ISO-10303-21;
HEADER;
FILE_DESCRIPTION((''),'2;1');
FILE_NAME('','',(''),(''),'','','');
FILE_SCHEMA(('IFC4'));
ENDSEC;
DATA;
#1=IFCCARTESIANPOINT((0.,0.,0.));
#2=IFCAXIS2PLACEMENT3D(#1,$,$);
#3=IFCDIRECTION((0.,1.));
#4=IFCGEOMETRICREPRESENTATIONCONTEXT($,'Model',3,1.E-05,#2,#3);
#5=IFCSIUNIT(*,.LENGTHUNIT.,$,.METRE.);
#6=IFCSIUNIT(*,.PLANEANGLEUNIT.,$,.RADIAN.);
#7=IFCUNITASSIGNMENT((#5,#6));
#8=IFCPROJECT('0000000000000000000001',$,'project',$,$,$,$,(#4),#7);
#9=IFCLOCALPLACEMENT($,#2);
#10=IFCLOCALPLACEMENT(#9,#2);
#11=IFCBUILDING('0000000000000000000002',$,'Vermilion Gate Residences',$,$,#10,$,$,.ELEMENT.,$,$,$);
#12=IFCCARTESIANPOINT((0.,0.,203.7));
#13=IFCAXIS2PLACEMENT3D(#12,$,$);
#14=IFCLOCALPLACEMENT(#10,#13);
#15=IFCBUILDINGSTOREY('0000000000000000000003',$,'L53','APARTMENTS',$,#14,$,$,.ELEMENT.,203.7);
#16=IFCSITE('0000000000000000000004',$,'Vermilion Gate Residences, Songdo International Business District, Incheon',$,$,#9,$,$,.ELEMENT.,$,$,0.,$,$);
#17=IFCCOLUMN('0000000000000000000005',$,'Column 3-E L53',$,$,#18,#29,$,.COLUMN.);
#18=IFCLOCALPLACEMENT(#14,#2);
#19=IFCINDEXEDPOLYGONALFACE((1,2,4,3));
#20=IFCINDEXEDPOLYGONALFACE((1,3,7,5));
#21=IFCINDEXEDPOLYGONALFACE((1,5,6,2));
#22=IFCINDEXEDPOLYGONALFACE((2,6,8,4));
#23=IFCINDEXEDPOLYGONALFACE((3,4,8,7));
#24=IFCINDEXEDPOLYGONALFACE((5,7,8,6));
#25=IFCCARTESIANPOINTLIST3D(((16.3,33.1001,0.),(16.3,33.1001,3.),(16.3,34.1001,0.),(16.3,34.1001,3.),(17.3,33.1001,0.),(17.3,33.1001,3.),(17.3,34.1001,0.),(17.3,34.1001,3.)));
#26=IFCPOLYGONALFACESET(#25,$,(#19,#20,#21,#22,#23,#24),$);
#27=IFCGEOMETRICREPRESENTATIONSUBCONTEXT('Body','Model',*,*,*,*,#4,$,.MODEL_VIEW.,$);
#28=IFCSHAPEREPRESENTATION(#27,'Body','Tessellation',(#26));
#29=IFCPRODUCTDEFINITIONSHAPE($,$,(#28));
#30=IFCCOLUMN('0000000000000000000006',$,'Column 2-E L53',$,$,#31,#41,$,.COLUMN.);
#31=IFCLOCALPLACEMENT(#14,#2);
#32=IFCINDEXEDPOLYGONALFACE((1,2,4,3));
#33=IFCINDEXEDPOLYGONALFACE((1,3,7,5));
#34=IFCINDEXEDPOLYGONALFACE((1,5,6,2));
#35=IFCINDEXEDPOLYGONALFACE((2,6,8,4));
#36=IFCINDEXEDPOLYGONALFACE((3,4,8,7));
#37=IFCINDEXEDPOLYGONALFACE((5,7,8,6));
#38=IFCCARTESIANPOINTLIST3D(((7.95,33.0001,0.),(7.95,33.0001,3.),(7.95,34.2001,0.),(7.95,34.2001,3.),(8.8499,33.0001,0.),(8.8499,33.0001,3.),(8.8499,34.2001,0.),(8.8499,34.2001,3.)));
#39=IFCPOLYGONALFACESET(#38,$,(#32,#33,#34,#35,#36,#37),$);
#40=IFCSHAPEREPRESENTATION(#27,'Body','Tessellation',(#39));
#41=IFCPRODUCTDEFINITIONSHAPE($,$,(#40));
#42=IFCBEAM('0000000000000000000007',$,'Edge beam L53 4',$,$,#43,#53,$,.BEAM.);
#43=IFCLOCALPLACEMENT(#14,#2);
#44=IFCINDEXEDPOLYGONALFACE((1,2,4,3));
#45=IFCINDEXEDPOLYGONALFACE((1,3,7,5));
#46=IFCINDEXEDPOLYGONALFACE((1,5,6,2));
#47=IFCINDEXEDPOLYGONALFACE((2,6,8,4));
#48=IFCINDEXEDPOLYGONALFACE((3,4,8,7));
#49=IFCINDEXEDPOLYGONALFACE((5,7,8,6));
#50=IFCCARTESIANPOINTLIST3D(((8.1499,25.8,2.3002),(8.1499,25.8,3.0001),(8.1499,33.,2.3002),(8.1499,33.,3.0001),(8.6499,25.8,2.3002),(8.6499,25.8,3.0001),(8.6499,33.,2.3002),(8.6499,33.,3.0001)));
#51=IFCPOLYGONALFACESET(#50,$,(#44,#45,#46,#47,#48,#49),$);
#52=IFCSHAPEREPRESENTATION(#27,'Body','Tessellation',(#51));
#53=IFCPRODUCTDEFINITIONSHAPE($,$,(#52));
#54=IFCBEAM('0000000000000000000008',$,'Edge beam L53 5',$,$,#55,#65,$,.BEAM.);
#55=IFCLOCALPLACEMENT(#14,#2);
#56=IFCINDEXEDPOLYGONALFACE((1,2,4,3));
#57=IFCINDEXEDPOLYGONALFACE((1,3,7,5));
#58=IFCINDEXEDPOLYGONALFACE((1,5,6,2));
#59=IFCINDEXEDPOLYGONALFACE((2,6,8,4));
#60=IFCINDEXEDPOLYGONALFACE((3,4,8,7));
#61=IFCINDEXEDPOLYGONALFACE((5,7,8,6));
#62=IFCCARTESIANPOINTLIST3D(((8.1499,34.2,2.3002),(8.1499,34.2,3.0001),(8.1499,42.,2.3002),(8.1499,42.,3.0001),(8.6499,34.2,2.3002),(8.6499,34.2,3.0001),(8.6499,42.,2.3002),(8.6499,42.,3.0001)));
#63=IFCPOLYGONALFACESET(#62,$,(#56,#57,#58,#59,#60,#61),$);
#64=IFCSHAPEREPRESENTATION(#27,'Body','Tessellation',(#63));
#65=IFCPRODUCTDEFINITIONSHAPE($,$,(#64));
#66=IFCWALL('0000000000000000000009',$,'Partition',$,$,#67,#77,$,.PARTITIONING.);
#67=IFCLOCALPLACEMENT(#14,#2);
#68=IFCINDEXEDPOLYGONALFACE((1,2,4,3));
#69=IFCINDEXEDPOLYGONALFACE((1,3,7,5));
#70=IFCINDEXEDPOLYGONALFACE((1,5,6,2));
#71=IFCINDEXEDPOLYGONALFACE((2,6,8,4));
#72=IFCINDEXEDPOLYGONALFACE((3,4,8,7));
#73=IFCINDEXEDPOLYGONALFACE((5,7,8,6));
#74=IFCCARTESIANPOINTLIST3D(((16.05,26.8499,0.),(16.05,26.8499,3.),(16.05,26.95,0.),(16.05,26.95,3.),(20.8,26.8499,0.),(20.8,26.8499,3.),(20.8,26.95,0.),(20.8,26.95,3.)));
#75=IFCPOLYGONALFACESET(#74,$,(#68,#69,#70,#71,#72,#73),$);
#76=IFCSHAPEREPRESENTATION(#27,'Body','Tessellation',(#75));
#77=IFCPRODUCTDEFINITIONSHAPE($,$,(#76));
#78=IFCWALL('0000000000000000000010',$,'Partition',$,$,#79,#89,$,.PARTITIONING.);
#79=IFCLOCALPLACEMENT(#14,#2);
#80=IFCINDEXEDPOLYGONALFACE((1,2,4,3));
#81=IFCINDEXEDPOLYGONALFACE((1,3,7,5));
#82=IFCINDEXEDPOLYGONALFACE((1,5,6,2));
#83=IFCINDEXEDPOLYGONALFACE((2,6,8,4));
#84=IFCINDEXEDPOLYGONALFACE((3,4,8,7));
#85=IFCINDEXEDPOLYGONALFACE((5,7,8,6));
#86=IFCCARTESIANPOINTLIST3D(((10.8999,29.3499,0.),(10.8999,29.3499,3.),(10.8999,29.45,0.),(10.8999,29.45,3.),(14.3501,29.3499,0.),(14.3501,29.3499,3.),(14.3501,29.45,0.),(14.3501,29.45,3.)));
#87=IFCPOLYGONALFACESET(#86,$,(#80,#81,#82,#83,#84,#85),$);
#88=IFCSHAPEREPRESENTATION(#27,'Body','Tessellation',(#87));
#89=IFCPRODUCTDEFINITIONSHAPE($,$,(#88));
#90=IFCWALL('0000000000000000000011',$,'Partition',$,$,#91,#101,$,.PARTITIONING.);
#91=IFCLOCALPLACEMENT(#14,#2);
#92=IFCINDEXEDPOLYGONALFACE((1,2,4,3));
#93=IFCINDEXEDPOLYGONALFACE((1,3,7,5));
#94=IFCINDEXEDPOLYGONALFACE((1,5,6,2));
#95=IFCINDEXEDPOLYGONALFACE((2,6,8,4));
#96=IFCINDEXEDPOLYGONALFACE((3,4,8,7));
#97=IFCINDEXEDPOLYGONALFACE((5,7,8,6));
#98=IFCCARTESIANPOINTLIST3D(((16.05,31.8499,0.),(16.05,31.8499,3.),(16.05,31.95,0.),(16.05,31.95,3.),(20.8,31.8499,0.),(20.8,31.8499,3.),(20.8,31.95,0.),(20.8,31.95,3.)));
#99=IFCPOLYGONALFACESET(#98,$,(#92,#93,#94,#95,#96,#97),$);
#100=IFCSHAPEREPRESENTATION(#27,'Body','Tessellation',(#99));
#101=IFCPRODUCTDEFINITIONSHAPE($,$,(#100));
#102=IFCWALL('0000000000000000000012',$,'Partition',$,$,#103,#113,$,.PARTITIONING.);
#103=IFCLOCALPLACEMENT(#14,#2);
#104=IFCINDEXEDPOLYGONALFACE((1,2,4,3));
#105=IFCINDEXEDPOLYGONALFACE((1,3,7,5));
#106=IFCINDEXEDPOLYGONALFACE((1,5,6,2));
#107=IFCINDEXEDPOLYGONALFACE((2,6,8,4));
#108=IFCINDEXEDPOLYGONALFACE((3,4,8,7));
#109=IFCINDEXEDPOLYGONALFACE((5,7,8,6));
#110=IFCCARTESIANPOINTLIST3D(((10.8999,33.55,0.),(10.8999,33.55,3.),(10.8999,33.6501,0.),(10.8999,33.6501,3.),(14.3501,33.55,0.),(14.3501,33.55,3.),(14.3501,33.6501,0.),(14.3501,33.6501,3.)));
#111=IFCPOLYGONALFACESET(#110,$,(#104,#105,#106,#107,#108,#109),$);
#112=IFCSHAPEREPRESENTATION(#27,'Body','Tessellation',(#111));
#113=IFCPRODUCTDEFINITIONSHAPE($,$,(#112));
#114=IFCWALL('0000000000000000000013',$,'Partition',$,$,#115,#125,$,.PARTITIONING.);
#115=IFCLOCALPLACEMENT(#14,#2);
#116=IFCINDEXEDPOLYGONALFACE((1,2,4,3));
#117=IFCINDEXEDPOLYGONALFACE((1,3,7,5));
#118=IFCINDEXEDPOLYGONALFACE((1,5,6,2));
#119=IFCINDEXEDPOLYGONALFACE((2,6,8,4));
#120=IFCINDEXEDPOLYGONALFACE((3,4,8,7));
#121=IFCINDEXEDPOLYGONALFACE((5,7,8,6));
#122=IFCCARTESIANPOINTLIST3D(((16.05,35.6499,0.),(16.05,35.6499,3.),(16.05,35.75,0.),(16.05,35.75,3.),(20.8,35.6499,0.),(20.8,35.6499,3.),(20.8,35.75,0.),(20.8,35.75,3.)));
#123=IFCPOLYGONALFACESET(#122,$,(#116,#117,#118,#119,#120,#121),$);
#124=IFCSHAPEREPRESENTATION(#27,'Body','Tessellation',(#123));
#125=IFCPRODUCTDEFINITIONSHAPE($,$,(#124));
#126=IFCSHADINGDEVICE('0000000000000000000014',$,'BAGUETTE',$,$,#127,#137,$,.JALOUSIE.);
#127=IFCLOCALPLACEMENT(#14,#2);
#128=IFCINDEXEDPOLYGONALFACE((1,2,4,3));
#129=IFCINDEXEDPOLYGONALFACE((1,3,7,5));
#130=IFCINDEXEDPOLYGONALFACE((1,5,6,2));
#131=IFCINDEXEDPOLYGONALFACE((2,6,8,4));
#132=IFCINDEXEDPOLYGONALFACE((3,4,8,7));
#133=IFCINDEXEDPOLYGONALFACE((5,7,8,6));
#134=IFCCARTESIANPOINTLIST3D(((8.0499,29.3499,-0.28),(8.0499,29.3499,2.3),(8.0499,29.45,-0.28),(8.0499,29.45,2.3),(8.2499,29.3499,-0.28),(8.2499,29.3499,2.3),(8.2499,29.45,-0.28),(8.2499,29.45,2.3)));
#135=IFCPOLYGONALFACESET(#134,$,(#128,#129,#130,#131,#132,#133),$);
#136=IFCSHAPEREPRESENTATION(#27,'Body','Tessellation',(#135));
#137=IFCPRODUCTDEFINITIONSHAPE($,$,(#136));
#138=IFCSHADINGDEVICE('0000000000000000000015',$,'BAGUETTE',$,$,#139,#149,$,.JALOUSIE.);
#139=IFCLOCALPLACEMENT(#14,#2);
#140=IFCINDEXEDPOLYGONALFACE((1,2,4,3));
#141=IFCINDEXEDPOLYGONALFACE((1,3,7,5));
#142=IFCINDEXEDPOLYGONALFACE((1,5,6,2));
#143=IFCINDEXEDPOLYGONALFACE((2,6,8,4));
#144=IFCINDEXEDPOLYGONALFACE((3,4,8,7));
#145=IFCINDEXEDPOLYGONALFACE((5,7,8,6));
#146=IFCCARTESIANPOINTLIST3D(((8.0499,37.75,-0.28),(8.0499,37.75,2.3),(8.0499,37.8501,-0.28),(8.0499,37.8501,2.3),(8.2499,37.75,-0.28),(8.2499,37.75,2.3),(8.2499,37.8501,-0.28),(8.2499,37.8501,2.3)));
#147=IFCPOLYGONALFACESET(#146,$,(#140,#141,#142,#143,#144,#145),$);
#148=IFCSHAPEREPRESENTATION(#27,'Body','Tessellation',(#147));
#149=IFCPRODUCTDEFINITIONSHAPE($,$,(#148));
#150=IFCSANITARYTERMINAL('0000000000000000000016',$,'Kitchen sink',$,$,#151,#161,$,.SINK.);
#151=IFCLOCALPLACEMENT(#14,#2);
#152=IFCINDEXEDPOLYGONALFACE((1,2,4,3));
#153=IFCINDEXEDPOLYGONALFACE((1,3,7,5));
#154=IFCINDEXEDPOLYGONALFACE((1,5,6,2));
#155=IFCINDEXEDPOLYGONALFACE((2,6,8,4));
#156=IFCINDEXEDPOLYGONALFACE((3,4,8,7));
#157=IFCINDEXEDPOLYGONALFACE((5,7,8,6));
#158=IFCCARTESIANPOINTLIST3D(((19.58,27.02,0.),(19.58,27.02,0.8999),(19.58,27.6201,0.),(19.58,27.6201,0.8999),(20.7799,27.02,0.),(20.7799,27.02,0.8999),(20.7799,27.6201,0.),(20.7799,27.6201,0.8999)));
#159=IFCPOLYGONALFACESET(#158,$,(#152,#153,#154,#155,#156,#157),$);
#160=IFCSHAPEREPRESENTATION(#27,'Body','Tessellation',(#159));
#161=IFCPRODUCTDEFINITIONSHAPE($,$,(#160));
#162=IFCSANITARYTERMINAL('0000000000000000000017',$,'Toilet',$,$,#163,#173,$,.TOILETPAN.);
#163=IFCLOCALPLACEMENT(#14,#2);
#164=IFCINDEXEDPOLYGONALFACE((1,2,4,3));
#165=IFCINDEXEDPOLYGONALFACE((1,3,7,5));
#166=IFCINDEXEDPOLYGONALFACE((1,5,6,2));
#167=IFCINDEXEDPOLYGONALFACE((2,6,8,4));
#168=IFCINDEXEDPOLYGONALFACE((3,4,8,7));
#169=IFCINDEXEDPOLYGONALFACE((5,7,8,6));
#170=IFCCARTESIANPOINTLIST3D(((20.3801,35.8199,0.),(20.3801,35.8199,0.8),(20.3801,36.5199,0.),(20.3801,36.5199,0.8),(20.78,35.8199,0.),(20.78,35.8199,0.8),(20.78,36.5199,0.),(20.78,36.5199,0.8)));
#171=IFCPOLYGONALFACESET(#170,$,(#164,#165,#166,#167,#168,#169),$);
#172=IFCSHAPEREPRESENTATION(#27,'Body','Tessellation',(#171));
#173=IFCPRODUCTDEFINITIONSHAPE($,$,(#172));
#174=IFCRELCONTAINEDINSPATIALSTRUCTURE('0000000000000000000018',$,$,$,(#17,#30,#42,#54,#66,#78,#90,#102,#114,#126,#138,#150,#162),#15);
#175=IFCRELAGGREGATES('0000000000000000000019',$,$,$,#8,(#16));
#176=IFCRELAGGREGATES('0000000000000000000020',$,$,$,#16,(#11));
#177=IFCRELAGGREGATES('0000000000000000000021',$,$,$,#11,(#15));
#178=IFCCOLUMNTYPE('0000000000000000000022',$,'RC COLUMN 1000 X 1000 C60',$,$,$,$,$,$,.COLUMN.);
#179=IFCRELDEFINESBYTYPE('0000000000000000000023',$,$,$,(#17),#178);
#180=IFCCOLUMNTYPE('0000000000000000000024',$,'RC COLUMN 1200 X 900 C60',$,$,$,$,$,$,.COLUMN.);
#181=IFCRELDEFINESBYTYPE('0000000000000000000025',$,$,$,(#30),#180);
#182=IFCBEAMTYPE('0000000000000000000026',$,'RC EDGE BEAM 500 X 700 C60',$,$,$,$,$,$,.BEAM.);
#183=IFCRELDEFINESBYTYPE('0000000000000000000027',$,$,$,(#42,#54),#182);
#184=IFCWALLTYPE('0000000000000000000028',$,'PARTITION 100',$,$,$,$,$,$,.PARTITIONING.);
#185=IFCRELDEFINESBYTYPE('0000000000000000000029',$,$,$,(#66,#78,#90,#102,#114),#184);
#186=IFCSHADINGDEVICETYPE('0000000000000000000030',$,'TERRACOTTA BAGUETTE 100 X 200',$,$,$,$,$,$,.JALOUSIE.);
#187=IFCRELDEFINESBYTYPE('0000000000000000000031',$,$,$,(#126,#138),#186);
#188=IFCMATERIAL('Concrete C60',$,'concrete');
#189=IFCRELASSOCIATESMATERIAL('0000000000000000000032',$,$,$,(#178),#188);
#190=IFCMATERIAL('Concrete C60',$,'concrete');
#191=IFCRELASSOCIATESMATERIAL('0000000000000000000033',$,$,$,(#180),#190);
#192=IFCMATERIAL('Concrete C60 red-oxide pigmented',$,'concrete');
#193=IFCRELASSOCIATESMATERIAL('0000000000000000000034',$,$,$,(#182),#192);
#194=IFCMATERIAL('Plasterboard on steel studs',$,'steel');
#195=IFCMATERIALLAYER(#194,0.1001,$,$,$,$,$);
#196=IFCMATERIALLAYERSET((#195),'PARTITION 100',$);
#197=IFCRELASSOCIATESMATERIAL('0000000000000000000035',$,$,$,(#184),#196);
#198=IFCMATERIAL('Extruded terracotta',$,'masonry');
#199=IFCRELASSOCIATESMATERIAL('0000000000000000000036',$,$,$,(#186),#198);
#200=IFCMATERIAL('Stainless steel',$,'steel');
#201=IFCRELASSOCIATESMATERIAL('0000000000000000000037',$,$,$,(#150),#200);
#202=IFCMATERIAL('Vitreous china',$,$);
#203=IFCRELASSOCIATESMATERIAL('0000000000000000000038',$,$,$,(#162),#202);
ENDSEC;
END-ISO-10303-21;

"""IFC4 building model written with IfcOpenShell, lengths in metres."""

from ifc_helpers import new_model, si_unit, direction, frame, frame_2d, origin, origin_2d, place, context, subcontext, project, spatial, rectangle, extrude, material, layer, layer_set, material_profile, profile_set, type_object, element, save


model = new_model("IFC4")

# Units and contexts
model_context = context("Model", 3, precision=1e-05, world=origin(), true_north=direction((0.0, 1.0)))
body_context = subcontext(model_context, "Body", "Model", "MODEL_VIEW")
ifc_project = project(units=[si_unit("LENGTHUNIT", "METRE"), si_unit("PLANEANGLEUNIT", "RADIAN")], contexts=[model_context])

# Site, building, storey
site_placement = place(None, origin())
site = spatial("IfcSite", under=ifc_project, at=site_placement, Name="Vermilion Gate Residences, Songdo International Business District, Incheon", CompositionType="ELEMENT", RefElevation=0.0)
building_placement = place(site_placement, origin())
building = spatial("IfcBuilding", under=site, at=building_placement, Name="Vermilion Gate Residences", CompositionType="ELEMENT")
storey_placement = place(building_placement, frame((0.0, 0.0, 203.7)))
storey = spatial("IfcBuildingStorey", under=building, at=storey_placement, Name="L53", Description="APARTMENTS", CompositionType="ELEMENT", Elevation=203.7)

# Columns
ifc_material_1 = material(Name="Concrete C60", Category="concrete")
ifc_material_profile_1 = material_profile(ifc_material_1, rectangle(XDim=1.0, YDim=1.0, at=origin_2d()), Name="RC-1000x1000")
ifc_profile_set_1 = profile_set([ifc_material_profile_1], Name="Concrete C60")
column_type_1 = type_object("IfcColumnType", Name="RC COLUMN 1000 X 1000 C60", PredefinedType="COLUMN", material=ifc_profile_set_1)
column_1_placement = place(storey_placement, frame((16.8, 33.6001, 0.0), z_axis=(0.0, 0.0, 1.0), x_axis=(1.0, 0.0, 0.0)))
element("IfcColumn", 1, at=column_1_placement, inside=storey, type_object=column_type_1, Name="Column 3-E L53", PredefinedType="COLUMN", context=body_context, shape_type="SweptSolid", body=[
    extrude(rectangle(XDim=1.0, YDim=1.0, at=origin_2d()), origin(), (0.0, 0.0, 1.0), 3.0),
])
ifc_material_2 = material(Name="Concrete C60", Category="concrete")
ifc_material_profile_2 = material_profile(ifc_material_2, rectangle(XDim=1.2, YDim=0.8999, at=origin_2d()), Name="RC-1200x900")
ifc_profile_set_2 = profile_set([ifc_material_profile_2], Name="Concrete C60")
column_type_2 = type_object("IfcColumnType", Name="RC COLUMN 1200 X 900 C60", PredefinedType="COLUMN", material=ifc_profile_set_2)
column_2_placement = place(storey_placement, frame((8.3999, 33.6001, 0.0), z_axis=(0.0, 0.0, 1.0), x_axis=(0.0, 1.0, 0.0)))
element("IfcColumn", 2, at=column_2_placement, inside=storey, type_object=column_type_2, Name="Column 2-E L53", PredefinedType="COLUMN", context=body_context, shape_type="SweptSolid", body=[
    extrude(rectangle(XDim=1.2, YDim=0.8999, at=origin_2d()), origin(), (0.0, 0.0, 1.0), 3.0),
])

# Beams
ifc_material_3 = material(Name="Concrete C60 red-oxide pigmented", Category="concrete")
ifc_material_profile_3 = material_profile(ifc_material_3, rectangle(XDim=0.5, YDim=0.7, at=origin_2d()), Name="RC-500x700")
ifc_profile_set_3 = profile_set([ifc_material_profile_3], Name="Concrete C60 red-oxide pigmented")
beam_type = type_object("IfcBeamType", Name="RC EDGE BEAM 500 X 700 C60", PredefinedType="BEAM", material=ifc_profile_set_3)
beam_1_placement = place(storey_placement, frame((8.3999, 25.8, 2.6501), z_axis=(0.0, 1.0, 0.0), x_axis=(-1.0, 0.0, 0.0)))
element("IfcBeam", 3, at=beam_1_placement, inside=storey, type_object=beam_type, Name="Edge beam L53 4", PredefinedType="BEAM", context=body_context, shape_type="SweptSolid", body=[
    extrude(rectangle(XDim=0.5, YDim=0.7, at=origin_2d()), origin(), (0.0, 0.0, 1.0), 7.2),
])
beam_2_placement = place(storey_placement, frame((8.3999, 34.2, 2.6501), z_axis=(0.0, 1.0, 0.0), x_axis=(-1.0, 0.0, 0.0)))
element("IfcBeam", 4, at=beam_2_placement, inside=storey, type_object=beam_type, Name="Edge beam L53 5", PredefinedType="BEAM", context=body_context, shape_type="SweptSolid", body=[
    extrude(rectangle(XDim=0.5, YDim=0.7, at=origin_2d()), origin(), (0.0, 0.0, 1.0), 7.8),
])

# Walls
ifc_material_4 = material(Name="Plasterboard on steel studs", Category="steel")
ifc_layer = layer(ifc_material_4, 0.1001)
ifc_layer_set = layer_set([ifc_layer], Name="PARTITION 100")
wall_type = type_object("IfcWallType", Name="PARTITION 100", PredefinedType="PARTITIONING", material=ifc_layer_set)
wall_1_placement = place(storey_placement, frame((16.05, 26.8999, 0.0), z_axis=(0.0, 0.0, 1.0), x_axis=(1.0, 0.0, 0.0)))
element("IfcWall", 5, at=wall_1_placement, inside=storey, type_object=wall_type, Name="Partition", PredefinedType="PARTITIONING", context=body_context, shape_type="SweptSolid", body=[
    extrude(rectangle(XDim=4.75, YDim=0.1001, at=frame_2d((2.375, 0.0))), origin(), (0.0, 0.0, 1.0), 3.0),
])
wall_2_placement = place(storey_placement, frame((10.8999, 29.3999, 0.0), z_axis=(0.0, 0.0, 1.0), x_axis=(1.0, 0.0, 0.0)))
element("IfcWall", 6, at=wall_2_placement, inside=storey, type_object=wall_type, Name="Partition", PredefinedType="PARTITIONING", context=body_context, shape_type="SweptSolid", body=[
    extrude(rectangle(XDim=3.4502, YDim=0.1001, at=frame_2d((1.7251, 0.0))), origin(), (0.0, 0.0, 1.0), 3.0),
])
wall_3_placement = place(storey_placement, frame((16.05, 31.8999, 0.0), z_axis=(0.0, 0.0, 1.0), x_axis=(1.0, 0.0, 0.0)))
element("IfcWall", 7, at=wall_3_placement, inside=storey, type_object=wall_type, Name="Partition", PredefinedType="PARTITIONING", context=body_context, shape_type="SweptSolid", body=[
    extrude(rectangle(XDim=4.75, YDim=0.1001, at=frame_2d((2.375, 0.0))), origin(), (0.0, 0.0, 1.0), 3.0),
])
wall_4_placement = place(storey_placement, frame((10.8999, 33.6001, 0.0), z_axis=(0.0, 0.0, 1.0), x_axis=(1.0, 0.0, 0.0)))
element("IfcWall", 8, at=wall_4_placement, inside=storey, type_object=wall_type, Name="Partition", PredefinedType="PARTITIONING", context=body_context, shape_type="SweptSolid", body=[
    extrude(rectangle(XDim=3.4502, YDim=0.1001, at=frame_2d((1.7251, 0.0))), origin(), (0.0, 0.0, 1.0), 3.0),
])
wall_5_placement = place(storey_placement, frame((16.05, 35.7, 0.0), z_axis=(0.0, 0.0, 1.0), x_axis=(1.0, 0.0, 0.0)))
element("IfcWall", 9, at=wall_5_placement, inside=storey, type_object=wall_type, Name="Partition", PredefinedType="PARTITIONING", context=body_context, shape_type="SweptSolid", body=[
    extrude(rectangle(XDim=4.75, YDim=0.1001, at=frame_2d((2.375, 0.0))), origin(), (0.0, 0.0, 1.0), 3.0),
])

# Shading devices
ifc_material_5 = material(Name="Extruded terracotta", Category="masonry")
ifc_material_profile_4 = material_profile(ifc_material_5, rectangle(XDim=0.2, YDim=0.1001, at=origin_2d()), Name="BAGUETTE 100 X 200")
ifc_profile_set_4 = profile_set([ifc_material_profile_4], Name="Extruded terracotta")
shading_device_type = type_object("IfcShadingDeviceType", Name="TERRACOTTA BAGUETTE 100 X 200", PredefinedType="JALOUSIE", material=ifc_profile_set_4)
for number, where, z_axis, x_axis, name in (
    (10, (8.1499, 29.3999, -0.28), (0.0, 0.0, 1.0), (1.0, 0.0, 0.0), "BAGUETTE"),
    (11, (8.1499, 37.8, -0.28), (0.0, 0.0, 1.0), (1.0, 0.0, 0.0), "BAGUETTE"),
):
    element("IfcShadingDevice", number, at=place(storey_placement, frame(where, z_axis=z_axis, x_axis=x_axis)), inside=storey, type_object=shading_device_type, Name=name, PredefinedType="JALOUSIE", context=body_context, shape_type="SweptSolid", body=[
        extrude(rectangle(XDim=0.2, YDim=0.1001, at=origin_2d()), origin(), (0.0, 0.0, 1.0), 2.5801),
    ])

# Sanitary terminals
ifc_material_6 = material(Name="Stainless steel", Category="steel")
sanitary_terminal_1_placement = place(storey_placement, frame((20.1799, 27.3201, 0.0), z_axis=(0.0, 0.0, 1.0), x_axis=(1.0, 0.0, 0.0)))
element("IfcSanitaryTerminal", 12, at=sanitary_terminal_1_placement, inside=storey, material=ifc_material_6, Name="Kitchen sink", PredefinedType="SINK", context=body_context, shape_type="SweptSolid", body=[
    extrude(rectangle(XDim=1.2, YDim=0.6001, at=origin_2d()), origin(), (0.0, 0.0, 1.0), 0.8999),
])
ifc_material_7 = material(Name="Vitreous china")
sanitary_terminal_2_placement = place(storey_placement, frame((20.5801, 36.1699, 0.0), z_axis=(0.0, 0.0, 1.0), x_axis=(1.0, 0.0, 0.0)))
element("IfcSanitaryTerminal", 13, at=sanitary_terminal_2_placement, inside=storey, material=ifc_material_7, Name="Toilet", PredefinedType="TOILETPAN", context=body_context, shape_type="SweptSolid", body=[
    extrude(rectangle(XDim=0.3999, YDim=0.7, at=origin_2d()), origin(), (0.0, 0.0, 1.0), 0.8),
])

save(model, "model.ifc")
